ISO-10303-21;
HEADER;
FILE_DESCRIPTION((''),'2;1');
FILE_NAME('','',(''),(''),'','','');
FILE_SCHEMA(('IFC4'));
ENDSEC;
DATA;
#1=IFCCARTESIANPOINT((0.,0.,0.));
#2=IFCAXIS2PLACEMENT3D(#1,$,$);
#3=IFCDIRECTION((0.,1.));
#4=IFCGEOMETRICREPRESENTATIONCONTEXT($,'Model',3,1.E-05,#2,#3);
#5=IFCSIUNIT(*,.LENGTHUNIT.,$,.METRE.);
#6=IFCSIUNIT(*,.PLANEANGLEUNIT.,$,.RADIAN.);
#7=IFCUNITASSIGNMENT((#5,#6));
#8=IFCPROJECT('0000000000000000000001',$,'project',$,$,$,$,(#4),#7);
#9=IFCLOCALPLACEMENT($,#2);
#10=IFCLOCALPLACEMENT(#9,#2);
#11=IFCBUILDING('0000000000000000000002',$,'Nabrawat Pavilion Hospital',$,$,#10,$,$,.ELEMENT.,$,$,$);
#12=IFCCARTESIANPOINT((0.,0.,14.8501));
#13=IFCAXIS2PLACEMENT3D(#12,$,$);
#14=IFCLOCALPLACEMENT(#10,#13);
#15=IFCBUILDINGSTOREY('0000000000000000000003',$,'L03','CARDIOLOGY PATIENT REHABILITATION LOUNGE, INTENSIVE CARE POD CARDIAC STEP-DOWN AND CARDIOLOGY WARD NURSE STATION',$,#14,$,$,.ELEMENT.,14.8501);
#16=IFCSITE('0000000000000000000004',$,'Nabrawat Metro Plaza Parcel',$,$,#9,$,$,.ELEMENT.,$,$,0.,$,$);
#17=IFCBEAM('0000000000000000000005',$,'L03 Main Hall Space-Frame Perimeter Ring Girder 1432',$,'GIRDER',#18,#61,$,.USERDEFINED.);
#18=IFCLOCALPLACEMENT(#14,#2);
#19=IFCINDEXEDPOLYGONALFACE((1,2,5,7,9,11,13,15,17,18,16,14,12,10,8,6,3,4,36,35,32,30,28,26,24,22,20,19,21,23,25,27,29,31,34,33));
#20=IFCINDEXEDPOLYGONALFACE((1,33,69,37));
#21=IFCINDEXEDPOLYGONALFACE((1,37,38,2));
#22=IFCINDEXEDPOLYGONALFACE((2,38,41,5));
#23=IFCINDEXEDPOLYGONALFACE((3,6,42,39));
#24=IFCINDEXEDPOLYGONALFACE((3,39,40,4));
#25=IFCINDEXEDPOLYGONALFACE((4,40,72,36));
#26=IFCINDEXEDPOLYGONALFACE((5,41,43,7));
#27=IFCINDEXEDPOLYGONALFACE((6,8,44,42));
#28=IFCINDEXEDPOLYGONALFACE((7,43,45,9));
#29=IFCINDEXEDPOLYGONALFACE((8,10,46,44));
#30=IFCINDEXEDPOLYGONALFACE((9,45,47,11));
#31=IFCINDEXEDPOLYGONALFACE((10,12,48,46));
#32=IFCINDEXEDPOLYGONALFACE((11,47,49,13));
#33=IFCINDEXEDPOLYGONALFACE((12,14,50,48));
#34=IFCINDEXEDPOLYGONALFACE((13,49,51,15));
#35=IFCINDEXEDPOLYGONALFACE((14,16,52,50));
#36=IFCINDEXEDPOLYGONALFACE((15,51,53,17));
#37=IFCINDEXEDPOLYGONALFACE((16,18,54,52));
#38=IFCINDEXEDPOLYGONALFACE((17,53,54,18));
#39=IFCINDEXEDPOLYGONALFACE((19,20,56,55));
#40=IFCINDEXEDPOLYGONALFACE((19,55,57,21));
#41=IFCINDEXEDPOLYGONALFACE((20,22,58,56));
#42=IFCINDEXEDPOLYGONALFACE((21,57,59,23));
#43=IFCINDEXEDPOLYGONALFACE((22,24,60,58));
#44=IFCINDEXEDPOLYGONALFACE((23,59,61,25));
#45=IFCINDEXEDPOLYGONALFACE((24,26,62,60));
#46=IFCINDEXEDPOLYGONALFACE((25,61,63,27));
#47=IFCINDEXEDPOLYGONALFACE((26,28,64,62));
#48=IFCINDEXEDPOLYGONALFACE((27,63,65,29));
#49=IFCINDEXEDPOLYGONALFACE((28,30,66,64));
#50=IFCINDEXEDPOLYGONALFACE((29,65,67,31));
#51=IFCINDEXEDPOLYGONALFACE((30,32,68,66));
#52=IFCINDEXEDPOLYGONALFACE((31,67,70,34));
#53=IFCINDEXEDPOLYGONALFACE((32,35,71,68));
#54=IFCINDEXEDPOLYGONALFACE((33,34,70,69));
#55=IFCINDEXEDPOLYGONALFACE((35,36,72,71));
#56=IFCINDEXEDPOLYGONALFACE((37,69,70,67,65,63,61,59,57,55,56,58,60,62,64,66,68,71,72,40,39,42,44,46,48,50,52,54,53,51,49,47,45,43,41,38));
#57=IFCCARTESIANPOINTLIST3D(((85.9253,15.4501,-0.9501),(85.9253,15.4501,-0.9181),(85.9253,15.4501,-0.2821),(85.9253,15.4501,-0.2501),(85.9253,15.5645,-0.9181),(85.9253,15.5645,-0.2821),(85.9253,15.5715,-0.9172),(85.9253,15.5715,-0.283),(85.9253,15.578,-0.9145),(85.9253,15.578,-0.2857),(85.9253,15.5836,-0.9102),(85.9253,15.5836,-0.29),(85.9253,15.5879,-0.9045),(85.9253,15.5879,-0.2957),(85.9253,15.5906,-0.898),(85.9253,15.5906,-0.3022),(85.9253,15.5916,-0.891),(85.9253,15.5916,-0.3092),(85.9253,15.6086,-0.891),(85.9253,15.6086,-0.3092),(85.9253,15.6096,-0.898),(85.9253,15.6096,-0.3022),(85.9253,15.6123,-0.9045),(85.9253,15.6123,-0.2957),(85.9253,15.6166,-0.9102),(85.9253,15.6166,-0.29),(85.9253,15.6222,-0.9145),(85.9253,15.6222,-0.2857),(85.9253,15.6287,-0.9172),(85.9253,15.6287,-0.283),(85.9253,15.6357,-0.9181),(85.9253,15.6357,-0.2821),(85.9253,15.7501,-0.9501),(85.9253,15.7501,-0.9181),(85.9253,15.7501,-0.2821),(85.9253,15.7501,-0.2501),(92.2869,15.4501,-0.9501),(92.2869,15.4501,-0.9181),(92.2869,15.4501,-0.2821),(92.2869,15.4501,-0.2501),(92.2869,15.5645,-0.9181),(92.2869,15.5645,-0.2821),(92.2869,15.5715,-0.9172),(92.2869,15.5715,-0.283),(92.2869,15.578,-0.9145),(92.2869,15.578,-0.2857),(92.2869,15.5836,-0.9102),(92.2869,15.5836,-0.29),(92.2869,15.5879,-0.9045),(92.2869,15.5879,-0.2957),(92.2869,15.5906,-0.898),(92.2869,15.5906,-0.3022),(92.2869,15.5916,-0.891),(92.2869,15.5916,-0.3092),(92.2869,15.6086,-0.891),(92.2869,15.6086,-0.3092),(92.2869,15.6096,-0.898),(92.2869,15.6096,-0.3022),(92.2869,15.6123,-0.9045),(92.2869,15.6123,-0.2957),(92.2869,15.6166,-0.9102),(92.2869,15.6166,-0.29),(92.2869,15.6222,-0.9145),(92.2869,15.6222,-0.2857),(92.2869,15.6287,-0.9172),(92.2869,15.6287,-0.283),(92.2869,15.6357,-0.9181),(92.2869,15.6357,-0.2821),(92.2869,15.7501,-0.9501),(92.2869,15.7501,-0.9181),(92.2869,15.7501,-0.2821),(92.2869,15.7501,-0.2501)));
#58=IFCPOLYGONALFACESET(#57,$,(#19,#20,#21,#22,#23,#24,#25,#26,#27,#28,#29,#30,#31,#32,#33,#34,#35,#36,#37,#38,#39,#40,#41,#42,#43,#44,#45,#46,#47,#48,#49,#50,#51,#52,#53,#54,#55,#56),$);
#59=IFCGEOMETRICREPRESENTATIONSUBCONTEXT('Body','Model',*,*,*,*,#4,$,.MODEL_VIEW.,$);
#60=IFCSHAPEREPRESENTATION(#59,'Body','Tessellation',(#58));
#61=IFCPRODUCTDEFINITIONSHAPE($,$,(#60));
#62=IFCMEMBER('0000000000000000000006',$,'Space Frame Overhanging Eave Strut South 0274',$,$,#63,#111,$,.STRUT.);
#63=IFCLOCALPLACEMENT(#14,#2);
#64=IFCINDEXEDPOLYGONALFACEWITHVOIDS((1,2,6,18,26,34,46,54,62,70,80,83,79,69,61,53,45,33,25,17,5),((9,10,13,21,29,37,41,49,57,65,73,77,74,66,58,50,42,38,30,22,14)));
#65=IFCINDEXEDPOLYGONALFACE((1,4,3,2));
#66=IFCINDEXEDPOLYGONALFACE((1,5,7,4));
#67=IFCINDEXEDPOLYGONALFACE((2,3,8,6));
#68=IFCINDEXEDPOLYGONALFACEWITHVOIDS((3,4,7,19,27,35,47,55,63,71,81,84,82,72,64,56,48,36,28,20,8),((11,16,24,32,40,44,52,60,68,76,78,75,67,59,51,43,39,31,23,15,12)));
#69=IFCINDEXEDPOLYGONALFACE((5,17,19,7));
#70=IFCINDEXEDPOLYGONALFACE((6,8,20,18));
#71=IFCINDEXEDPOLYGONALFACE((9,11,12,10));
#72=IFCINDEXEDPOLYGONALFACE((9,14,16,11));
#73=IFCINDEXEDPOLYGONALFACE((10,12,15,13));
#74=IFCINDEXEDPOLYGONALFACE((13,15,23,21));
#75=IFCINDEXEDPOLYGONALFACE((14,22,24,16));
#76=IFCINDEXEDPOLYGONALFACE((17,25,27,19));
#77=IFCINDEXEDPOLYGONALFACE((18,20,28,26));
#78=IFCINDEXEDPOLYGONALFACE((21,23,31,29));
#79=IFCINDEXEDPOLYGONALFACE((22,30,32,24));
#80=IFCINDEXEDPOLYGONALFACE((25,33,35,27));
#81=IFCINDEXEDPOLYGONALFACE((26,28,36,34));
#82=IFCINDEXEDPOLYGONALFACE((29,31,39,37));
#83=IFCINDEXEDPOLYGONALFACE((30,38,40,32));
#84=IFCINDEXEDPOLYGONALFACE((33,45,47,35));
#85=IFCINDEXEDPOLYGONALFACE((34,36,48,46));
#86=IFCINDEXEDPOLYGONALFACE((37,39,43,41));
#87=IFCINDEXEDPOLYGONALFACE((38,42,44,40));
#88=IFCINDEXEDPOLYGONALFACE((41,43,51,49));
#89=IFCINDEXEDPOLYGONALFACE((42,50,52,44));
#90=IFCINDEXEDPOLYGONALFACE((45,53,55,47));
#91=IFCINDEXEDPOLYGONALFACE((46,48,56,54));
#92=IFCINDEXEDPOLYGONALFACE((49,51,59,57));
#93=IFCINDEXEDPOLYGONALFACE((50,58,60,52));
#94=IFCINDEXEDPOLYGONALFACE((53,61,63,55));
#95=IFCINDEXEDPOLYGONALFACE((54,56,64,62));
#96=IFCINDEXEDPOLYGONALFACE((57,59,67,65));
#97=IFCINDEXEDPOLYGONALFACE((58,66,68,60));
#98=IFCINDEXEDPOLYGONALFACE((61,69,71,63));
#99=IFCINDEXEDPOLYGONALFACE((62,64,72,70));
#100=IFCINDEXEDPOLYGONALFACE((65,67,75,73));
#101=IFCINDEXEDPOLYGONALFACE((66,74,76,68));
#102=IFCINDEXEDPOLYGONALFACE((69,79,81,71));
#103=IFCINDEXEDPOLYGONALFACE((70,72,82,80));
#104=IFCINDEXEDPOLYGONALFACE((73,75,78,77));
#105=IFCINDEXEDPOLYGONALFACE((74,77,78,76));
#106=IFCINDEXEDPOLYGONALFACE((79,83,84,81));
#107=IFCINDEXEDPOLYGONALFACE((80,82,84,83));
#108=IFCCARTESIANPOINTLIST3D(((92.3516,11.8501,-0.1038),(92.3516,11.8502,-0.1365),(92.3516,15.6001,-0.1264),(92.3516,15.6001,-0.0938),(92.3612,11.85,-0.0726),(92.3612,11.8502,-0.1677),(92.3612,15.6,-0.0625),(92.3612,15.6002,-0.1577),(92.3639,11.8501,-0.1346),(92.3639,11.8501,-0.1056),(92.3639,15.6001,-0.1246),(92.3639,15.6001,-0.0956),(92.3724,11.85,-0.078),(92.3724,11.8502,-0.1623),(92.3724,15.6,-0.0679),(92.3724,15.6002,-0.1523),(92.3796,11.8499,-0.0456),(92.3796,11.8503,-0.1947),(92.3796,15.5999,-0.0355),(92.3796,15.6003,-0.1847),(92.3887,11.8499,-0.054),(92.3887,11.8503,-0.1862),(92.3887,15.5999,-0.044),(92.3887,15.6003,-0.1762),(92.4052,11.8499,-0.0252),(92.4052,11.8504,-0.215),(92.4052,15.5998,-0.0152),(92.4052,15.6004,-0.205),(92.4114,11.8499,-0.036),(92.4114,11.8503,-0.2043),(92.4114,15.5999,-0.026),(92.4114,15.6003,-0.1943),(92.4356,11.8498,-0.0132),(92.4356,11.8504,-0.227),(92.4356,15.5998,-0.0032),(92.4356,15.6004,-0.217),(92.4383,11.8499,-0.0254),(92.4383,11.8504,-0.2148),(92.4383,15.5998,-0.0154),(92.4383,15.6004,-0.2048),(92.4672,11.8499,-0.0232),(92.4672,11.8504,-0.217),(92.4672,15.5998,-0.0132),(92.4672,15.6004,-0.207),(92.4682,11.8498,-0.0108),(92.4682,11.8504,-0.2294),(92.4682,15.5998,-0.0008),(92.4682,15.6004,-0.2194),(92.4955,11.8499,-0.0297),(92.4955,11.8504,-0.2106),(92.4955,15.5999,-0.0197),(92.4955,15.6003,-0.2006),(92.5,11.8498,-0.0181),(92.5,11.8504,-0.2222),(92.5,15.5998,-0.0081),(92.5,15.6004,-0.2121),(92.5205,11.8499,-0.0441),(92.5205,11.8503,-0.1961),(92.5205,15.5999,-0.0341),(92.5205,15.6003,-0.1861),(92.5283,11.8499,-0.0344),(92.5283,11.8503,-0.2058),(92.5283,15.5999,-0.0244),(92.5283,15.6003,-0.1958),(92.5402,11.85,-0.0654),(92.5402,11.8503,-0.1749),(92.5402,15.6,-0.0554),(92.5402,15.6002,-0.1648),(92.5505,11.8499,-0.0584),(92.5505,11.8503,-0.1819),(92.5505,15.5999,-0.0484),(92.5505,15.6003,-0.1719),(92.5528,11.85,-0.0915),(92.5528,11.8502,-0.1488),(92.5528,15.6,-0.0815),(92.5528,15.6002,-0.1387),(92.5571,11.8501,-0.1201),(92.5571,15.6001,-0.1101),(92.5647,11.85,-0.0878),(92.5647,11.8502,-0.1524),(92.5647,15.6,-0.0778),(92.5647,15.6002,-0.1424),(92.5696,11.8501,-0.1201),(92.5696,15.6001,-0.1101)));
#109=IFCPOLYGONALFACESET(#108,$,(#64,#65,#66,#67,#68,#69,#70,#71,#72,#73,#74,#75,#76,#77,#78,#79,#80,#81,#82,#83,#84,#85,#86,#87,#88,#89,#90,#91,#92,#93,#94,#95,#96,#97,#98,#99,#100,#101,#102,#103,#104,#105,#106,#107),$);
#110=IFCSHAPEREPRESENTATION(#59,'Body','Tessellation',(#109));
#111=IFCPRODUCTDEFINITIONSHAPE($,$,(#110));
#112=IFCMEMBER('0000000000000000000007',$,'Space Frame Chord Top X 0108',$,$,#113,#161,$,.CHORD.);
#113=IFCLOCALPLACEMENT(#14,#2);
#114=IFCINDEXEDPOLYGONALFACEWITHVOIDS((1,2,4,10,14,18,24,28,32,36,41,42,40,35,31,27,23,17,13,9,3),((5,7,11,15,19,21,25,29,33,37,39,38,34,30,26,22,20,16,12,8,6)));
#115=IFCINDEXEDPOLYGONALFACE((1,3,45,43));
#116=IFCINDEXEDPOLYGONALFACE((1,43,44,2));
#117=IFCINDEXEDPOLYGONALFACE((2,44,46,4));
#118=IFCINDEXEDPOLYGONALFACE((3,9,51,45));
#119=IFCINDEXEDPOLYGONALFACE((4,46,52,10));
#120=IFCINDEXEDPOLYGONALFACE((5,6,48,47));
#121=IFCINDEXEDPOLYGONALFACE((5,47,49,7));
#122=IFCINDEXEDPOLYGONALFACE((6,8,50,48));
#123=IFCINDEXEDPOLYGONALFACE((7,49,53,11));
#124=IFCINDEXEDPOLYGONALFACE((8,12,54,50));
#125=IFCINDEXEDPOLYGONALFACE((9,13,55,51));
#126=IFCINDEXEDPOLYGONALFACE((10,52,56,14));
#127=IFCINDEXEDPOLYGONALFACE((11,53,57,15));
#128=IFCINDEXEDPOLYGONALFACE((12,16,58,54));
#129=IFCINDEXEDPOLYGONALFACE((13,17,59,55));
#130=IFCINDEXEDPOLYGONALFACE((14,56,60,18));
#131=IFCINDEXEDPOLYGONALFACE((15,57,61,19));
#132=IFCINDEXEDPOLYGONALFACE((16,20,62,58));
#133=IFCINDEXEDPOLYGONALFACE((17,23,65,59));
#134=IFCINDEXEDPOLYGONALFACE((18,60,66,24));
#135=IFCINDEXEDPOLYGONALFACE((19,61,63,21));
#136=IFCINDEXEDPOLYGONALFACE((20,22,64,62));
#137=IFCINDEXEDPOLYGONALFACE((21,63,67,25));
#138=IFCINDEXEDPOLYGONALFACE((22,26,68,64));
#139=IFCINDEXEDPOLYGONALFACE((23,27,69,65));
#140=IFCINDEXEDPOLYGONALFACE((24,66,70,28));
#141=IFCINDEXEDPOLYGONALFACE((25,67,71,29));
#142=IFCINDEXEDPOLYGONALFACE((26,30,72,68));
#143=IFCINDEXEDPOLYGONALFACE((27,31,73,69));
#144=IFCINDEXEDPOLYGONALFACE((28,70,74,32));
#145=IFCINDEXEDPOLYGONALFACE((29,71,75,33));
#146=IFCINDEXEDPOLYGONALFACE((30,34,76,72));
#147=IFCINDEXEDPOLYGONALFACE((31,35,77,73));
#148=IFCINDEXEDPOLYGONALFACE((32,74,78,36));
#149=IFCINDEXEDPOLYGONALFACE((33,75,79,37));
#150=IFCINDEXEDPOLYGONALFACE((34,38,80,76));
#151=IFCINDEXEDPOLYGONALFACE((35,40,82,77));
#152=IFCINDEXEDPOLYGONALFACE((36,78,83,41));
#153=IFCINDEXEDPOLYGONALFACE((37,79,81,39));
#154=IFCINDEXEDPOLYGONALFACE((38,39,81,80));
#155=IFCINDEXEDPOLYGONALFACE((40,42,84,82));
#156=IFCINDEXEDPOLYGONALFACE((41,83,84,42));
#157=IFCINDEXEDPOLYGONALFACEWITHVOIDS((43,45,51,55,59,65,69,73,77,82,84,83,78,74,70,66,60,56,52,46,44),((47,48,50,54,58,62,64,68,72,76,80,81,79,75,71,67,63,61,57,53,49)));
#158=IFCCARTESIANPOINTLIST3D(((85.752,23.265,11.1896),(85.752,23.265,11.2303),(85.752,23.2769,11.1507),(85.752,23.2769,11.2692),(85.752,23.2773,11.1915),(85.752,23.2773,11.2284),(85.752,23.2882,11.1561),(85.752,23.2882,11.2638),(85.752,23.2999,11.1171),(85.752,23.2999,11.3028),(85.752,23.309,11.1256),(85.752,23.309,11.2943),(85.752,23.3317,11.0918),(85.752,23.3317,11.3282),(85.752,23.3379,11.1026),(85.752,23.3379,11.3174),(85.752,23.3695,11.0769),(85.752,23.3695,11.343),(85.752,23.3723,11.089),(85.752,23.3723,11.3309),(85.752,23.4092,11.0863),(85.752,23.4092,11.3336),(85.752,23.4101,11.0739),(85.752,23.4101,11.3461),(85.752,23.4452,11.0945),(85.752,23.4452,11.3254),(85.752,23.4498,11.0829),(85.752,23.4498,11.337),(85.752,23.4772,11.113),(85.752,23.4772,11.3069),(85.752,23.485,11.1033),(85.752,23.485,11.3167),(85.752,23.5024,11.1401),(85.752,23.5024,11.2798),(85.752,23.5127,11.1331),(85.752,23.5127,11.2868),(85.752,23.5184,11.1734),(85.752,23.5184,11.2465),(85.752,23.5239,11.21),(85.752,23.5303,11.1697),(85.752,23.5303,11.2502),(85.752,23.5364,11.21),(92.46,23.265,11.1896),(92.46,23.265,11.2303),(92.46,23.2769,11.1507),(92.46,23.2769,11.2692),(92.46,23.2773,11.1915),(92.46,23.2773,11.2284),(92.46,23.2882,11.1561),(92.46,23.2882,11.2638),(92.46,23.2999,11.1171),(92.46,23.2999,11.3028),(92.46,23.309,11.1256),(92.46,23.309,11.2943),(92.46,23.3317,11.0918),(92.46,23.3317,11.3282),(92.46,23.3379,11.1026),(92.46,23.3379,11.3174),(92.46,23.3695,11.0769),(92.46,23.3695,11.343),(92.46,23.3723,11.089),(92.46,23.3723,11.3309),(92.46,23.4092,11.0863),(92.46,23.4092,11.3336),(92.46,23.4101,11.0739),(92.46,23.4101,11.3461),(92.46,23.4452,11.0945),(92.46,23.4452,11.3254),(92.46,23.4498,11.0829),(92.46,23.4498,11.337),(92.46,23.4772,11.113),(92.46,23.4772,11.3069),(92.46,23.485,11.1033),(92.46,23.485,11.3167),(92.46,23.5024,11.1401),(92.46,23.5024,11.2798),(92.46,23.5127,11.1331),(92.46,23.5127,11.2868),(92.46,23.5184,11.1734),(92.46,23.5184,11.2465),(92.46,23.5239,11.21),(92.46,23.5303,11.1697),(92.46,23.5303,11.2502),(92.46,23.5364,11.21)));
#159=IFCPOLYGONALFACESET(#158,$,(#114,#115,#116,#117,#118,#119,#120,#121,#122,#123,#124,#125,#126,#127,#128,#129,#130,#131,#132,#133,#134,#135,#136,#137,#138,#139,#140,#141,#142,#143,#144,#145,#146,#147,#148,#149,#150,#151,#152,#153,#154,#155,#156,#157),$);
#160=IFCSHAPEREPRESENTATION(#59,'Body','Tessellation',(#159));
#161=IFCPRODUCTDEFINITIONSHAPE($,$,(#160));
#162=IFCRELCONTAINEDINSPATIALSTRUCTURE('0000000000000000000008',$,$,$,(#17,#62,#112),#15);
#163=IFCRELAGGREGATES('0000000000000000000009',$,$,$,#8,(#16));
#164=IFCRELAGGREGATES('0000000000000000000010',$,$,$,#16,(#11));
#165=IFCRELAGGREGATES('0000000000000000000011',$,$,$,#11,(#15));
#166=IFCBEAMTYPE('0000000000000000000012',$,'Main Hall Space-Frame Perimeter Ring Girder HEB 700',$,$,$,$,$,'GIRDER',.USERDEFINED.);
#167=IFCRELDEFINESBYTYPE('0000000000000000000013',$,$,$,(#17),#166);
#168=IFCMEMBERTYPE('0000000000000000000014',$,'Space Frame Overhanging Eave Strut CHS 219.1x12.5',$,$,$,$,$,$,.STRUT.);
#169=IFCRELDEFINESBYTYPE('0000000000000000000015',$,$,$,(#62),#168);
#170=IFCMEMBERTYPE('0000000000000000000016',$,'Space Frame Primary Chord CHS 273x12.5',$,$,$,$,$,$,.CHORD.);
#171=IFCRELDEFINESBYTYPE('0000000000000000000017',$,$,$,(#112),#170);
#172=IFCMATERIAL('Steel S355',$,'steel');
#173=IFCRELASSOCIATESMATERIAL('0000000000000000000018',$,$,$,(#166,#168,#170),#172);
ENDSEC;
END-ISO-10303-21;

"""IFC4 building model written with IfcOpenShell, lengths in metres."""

from ifc_helpers import new_model, si_unit, direction, frame, origin, origin_2d, place, context, subcontext, project, spatial, hollow_circle, i_section, extrude, material, material_profile, profile_set, type_object, element, save


model = new_model("IFC4")

# Units and contexts
model_context = context("Model", 3, precision=1e-05, world=origin(), true_north=direction((0.0, 1.0)))
body_context = subcontext(model_context, "Body", "Model", "MODEL_VIEW")
ifc_project = project(units=[si_unit("LENGTHUNIT", "METRE"), si_unit("PLANEANGLEUNIT", "RADIAN")], contexts=[model_context])

# Site, building, storey
site_placement = place(None, origin())
site = spatial("IfcSite", under=ifc_project, at=site_placement, Name="Nabrawat Metro Plaza Parcel", CompositionType="ELEMENT", RefElevation=0.0)
building_placement = place(site_placement, origin())
building = spatial("IfcBuilding", under=site, at=building_placement, Name="Nabrawat Pavilion Hospital", CompositionType="ELEMENT")
storey_placement = place(building_placement, frame((0.0, 0.0, 14.8501)))
storey = spatial("IfcBuildingStorey", under=building, at=storey_placement, Name="L03", Description="CARDIOLOGY PATIENT REHABILITATION LOUNGE, INTENSIVE CARE POD CARDIAC STEP-DOWN AND CARDIOLOGY WARD NURSE STATION", CompositionType="ELEMENT", Elevation=14.8501)

# Beam
ifc_material = material(Name="Steel S355", Category="steel")
ifc_material_profile_1 = material_profile(ifc_material, i_section(OverallWidth=0.3, OverallDepth=0.7, WebThickness=0.0171, FlangeThickness=0.032, FilletRadius=0.0271, at=origin_2d()), Name="HEB 700")
ifc_profile_set_1 = profile_set([ifc_material_profile_1], Name="Steel S355")
beam_type = type_object("IfcBeamType", Name="Main Hall Space-Frame Perimeter Ring Girder HEB 700", ElementType="GIRDER", PredefinedType="USERDEFINED", material=ifc_profile_set_1)
beam_placement = place(storey_placement, frame((85.9253, 15.6001, -0.6001), z_axis=(1.0, 0.0, 0.0), x_axis=(0.0, 1.0, 0.0)))
element("IfcBeam", 1, at=beam_placement, inside=storey, type_object=beam_type, Name="L03 Main Hall Space-Frame Perimeter Ring Girder 1432", ObjectType="GIRDER", PredefinedType="USERDEFINED", context=body_context, shape_type="SweptSolid", body=[
    extrude(i_section(OverallWidth=0.3, OverallDepth=0.7, WebThickness=0.0171, FlangeThickness=0.032, FilletRadius=0.0271, at=origin_2d()), origin(), (0.0, 0.0, 1.0), 6.3616),
])

# Members
ifc_material_profile_2 = material_profile(ifc_material, hollow_circle(Radius=0.1096, WallThickness=0.0125, at=origin_2d()), Name="CHS 219.1x12.5")
ifc_profile_set_2 = profile_set([ifc_material_profile_2], Name="Steel S355")
member_type_1 = type_object("IfcMemberType", Name="Space Frame Overhanging Eave Strut CHS 219.1x12.5", PredefinedType="STRUT", material=ifc_profile_set_2)
member_1_placement = place(storey_placement, frame((92.46, 15.6001, -0.1101), z_axis=(0.0, -0.999996, -0.002669), x_axis=(1.0, 0.0, 0.0)))
element("IfcMember", 2, at=member_1_placement, inside=storey, type_object=member_type_1, Name="Space Frame Overhanging Eave Strut South 0274", PredefinedType="STRUT", context=body_context, shape_type="SweptSolid", body=[
    extrude(hollow_circle(Radius=0.1096, WallThickness=0.0125, at=origin_2d()), origin(), (0.0, 0.0, 1.0), 3.75),
])
ifc_material_profile_3 = material_profile(ifc_material, hollow_circle(Radius=0.1365, WallThickness=0.0125, at=origin_2d()), Name="CHS 273x12.5")
ifc_profile_set_3 = profile_set([ifc_material_profile_3], Name="Steel S355")
member_type_2 = type_object("IfcMemberType", Name="Space Frame Primary Chord CHS 273x12.5", PredefinedType="CHORD", material=ifc_profile_set_3)
for number, where, z_axis, x_axis, name in (
    (3, (85.752, 23.3999, 11.21), (1.0, 0.0, 0.0), (0.0, 1.0, 0.0), "Space Frame Chord Top X 0108"),
):
    element("IfcMember", number, at=place(storey_placement, frame(where, z_axis=z_axis, x_axis=x_axis)), inside=storey, type_object=member_type_2, Name=name, PredefinedType="CHORD", context=body_context, shape_type="SweptSolid", body=[
        extrude(hollow_circle(Radius=0.1365, WallThickness=0.0125, at=origin_2d()), origin(), (0.0, 0.0, 1.0), 6.708),
    ])

save(model, "model.ifc")
